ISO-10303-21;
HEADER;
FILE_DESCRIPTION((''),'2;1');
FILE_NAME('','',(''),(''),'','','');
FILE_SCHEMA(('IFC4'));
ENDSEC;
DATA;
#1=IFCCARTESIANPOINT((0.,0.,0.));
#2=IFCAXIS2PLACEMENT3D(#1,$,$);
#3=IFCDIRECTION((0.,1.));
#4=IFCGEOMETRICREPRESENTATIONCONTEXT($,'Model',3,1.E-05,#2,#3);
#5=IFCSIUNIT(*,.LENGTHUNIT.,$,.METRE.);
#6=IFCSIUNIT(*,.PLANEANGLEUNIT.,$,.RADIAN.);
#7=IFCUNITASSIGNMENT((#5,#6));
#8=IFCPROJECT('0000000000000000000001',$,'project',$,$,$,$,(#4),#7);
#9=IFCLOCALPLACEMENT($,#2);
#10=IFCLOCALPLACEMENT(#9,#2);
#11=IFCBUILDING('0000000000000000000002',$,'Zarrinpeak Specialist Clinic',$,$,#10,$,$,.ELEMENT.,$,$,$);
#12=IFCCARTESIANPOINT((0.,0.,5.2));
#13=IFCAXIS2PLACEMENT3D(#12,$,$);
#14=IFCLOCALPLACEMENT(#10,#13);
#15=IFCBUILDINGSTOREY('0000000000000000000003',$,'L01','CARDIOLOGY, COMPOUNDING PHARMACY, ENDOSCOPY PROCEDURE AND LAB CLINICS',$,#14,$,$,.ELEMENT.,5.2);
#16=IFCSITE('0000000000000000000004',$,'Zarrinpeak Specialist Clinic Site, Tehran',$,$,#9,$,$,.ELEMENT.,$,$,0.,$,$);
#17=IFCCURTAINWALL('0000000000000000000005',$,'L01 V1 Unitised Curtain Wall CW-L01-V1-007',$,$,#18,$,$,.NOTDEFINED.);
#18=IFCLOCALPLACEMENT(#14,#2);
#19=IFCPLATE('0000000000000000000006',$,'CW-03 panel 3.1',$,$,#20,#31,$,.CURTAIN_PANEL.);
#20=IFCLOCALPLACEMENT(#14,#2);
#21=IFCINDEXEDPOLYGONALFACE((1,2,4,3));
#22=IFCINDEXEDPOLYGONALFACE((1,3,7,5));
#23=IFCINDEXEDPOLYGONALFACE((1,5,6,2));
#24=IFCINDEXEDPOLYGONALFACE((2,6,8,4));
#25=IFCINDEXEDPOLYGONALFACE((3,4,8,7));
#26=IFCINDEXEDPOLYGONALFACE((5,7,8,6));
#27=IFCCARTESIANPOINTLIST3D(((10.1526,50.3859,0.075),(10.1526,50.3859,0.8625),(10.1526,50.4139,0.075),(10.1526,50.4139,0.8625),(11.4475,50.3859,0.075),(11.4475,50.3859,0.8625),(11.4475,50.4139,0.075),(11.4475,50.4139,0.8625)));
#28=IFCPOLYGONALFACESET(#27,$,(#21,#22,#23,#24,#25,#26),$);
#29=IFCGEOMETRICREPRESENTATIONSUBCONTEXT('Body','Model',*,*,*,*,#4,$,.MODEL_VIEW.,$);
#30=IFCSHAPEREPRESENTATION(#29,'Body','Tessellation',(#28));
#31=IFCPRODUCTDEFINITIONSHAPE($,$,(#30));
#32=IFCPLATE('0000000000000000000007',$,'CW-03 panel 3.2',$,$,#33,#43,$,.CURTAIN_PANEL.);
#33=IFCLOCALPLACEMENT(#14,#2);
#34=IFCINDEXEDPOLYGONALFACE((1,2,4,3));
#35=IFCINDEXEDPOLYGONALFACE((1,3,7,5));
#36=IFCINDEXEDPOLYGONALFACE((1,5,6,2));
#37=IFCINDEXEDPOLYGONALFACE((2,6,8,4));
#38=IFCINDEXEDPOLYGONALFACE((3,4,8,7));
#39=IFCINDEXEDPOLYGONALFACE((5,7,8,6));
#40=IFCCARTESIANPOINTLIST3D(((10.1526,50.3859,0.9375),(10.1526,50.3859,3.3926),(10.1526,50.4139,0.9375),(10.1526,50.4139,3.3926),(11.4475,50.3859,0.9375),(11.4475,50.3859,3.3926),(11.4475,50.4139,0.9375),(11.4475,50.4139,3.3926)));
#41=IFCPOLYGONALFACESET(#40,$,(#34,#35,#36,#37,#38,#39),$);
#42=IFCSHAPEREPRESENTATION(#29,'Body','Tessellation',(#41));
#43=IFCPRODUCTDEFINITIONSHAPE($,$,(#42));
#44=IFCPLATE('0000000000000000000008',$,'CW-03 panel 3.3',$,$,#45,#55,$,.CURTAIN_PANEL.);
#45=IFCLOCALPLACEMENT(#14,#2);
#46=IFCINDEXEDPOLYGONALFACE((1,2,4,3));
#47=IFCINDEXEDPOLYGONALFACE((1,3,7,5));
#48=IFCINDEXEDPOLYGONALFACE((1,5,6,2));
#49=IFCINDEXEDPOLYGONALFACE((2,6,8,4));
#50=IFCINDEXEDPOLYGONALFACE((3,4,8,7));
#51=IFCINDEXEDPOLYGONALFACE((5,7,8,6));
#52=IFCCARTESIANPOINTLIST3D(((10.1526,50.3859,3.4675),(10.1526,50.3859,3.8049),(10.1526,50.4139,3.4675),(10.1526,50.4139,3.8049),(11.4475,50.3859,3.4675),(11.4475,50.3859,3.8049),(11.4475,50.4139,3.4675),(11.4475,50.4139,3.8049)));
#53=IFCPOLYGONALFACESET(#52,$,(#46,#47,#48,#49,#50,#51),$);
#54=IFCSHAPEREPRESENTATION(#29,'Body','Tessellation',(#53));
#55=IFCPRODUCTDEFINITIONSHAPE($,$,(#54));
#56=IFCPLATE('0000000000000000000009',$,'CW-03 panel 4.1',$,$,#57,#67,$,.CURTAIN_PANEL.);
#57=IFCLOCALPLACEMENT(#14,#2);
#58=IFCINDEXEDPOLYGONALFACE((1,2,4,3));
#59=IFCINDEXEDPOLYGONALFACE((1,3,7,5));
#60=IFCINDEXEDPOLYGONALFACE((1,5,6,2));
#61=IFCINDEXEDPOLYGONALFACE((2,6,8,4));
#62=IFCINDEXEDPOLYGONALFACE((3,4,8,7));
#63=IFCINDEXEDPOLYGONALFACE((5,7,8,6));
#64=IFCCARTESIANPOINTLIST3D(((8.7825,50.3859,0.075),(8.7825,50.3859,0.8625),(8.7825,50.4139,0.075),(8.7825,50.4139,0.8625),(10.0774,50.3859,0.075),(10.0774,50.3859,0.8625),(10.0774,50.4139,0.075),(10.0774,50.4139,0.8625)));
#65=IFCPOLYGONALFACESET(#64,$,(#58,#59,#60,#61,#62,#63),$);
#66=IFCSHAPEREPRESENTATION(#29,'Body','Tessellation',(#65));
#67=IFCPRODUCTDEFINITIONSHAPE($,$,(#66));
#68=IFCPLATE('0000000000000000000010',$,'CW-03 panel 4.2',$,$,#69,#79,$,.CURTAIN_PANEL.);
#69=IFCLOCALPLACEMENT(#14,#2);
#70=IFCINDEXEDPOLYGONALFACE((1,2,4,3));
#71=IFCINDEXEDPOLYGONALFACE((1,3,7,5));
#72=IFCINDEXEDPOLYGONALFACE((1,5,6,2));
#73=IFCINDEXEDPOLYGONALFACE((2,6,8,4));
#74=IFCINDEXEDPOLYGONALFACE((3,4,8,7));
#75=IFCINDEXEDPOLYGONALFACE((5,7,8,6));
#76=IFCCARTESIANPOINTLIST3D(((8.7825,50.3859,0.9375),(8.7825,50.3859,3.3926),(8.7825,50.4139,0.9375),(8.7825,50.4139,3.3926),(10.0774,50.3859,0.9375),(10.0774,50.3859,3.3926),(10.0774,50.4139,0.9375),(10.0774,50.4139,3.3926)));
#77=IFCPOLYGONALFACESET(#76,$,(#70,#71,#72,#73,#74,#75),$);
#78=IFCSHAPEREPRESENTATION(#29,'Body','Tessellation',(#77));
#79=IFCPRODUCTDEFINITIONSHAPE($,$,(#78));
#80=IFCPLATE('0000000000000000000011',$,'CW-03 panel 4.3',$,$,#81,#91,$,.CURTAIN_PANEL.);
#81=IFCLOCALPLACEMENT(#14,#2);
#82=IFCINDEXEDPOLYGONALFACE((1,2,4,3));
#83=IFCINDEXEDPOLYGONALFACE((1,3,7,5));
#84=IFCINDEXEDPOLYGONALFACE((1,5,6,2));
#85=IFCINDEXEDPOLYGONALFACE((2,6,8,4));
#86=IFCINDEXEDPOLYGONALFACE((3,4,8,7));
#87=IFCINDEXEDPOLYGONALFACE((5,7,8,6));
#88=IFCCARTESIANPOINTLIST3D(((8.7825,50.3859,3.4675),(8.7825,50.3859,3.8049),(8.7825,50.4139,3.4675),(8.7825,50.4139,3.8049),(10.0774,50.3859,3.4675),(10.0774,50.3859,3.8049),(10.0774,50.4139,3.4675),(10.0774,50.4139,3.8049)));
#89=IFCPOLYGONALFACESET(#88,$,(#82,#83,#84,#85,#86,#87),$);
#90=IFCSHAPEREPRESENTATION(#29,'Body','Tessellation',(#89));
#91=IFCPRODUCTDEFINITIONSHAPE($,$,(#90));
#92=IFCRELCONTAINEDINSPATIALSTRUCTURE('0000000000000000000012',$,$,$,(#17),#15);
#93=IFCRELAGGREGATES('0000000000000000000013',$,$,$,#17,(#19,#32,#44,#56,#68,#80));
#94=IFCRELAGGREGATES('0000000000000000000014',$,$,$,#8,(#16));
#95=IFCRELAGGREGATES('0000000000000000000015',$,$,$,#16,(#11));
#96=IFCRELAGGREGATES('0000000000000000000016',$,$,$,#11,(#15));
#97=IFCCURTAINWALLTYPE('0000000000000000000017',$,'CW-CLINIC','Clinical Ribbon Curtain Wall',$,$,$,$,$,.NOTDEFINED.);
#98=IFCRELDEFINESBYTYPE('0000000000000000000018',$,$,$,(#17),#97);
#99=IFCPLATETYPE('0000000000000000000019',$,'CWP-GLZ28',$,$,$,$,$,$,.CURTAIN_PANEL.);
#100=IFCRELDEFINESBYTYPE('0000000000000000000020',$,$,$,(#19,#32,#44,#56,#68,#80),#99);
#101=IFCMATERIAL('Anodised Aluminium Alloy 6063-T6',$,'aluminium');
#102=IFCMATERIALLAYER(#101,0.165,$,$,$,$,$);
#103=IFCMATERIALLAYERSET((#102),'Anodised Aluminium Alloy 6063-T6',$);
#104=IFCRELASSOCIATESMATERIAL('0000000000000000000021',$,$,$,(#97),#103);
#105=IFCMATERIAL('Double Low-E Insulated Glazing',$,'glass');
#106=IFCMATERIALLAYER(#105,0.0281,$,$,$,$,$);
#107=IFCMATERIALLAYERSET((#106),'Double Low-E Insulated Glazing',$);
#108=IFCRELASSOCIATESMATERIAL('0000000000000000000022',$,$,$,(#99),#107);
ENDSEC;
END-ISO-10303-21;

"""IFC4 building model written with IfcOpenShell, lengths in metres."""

from ifc_helpers import new_model, si_unit, direction, frame, origin, origin_2d, place, context, subcontext, project, spatial, rectangle, extrude, material, layer, layer_set, type_object, element, aggregate, save


model = new_model("IFC4")

# Units and contexts
model_context = context("Model", 3, precision=1e-05, world=origin(), true_north=direction((0.0, 1.0)))
body_context = subcontext(model_context, "Body", "Model", "MODEL_VIEW")
ifc_project = project(units=[si_unit("LENGTHUNIT", "METRE"), si_unit("PLANEANGLEUNIT", "RADIAN")], contexts=[model_context])

# Site, building, storey
site_placement = place(None, origin())
site = spatial("IfcSite", under=ifc_project, at=site_placement, Name="Zarrinpeak Specialist Clinic Site, Tehran", CompositionType="ELEMENT", RefElevation=0.0)
building_placement = place(site_placement, origin())
building = spatial("IfcBuilding", under=site, at=building_placement, Name="Zarrinpeak Specialist Clinic", CompositionType="ELEMENT")
storey_placement = place(building_placement, frame((0.0, 0.0, 5.2)))
storey = spatial("IfcBuildingStorey", under=building, at=storey_placement, Name="L01", Description="CARDIOLOGY, COMPOUNDING PHARMACY, ENDOSCOPY PROCEDURE AND LAB CLINICS", CompositionType="ELEMENT", Elevation=5.2)

# Curtain wall, plates
ifc_material_1 = material(Name="Anodised Aluminium Alloy 6063-T6", Category="aluminium")
ifc_layer_1 = layer(ifc_material_1, 0.165)
ifc_layer_set_1 = layer_set([ifc_layer_1], Name="Anodised Aluminium Alloy 6063-T6")
curtain_wall_type = type_object("IfcCurtainWallType", Name="CW-CLINIC", Description="Clinical Ribbon Curtain Wall", PredefinedType="NOTDEFINED", material=ifc_layer_set_1)
curtain_wall_placement = place(storey_placement, origin())
curtain_wall = element("IfcCurtainWall", 1, at=curtain_wall_placement, inside=storey, type_object=curtain_wall_type, Name="L01 V1 Unitised Curtain Wall CW-L01-V1-007", PredefinedType="NOTDEFINED")
ifc_material_2 = material(Name="Double Low-E Insulated Glazing", Category="glass")
ifc_layer_2 = layer(ifc_material_2, 0.0281)
ifc_layer_set_2 = layer_set([ifc_layer_2], Name="Double Low-E Insulated Glazing")
plate_type = type_object("IfcPlateType", Name="CWP-GLZ28", PredefinedType="CURTAIN_PANEL", material=ifc_layer_set_2)
plate_1_placement = place(storey_placement, frame((10.8, 50.3999, 0.075), z_axis=(0.0, 0.0, 1.0), x_axis=(-1.0, 0.0, 0.0)))
plate_1 = element("IfcPlate", 2, at=plate_1_placement, type_object=plate_type, Name="CW-03 panel 3.1", PredefinedType="CURTAIN_PANEL", context=body_context, shape_type="SweptSolid", body=[
    extrude(rectangle(XDim=1.2949, YDim=0.0281, at=origin_2d()), origin(), (0.0, 0.0, 1.0), 0.7876),
])
plate_2_placement = place(storey_placement, frame((10.8, 50.3999, 0.9375), z_axis=(0.0, 0.0, 1.0), x_axis=(-1.0, 0.0, 0.0)))
plate_2 = element("IfcPlate", 3, at=plate_2_placement, type_object=plate_type, Name="CW-03 panel 3.2", PredefinedType="CURTAIN_PANEL", context=body_context, shape_type="SweptSolid", body=[
    extrude(rectangle(XDim=1.2949, YDim=0.0281, at=origin_2d()), origin(), (0.0, 0.0, 1.0), 2.4551),
])
plate_3_placement = place(storey_placement, frame((10.8, 50.3999, 3.4675), z_axis=(0.0, 0.0, 1.0), x_axis=(-1.0, 0.0, 0.0)))
plate_3 = element("IfcPlate", 4, at=plate_3_placement, type_object=plate_type, Name="CW-03 panel 3.3", PredefinedType="CURTAIN_PANEL", context=body_context, shape_type="SweptSolid", body=[
    extrude(rectangle(XDim=1.2949, YDim=0.0281, at=origin_2d()), origin(), (0.0, 0.0, 1.0), 0.3374),
])
plate_4_placement = place(storey_placement, frame((9.4299, 50.3999, 0.075), z_axis=(0.0, 0.0, 1.0), x_axis=(-1.0, 0.0, 0.0)))
plate_4 = element("IfcPlate", 5, at=plate_4_placement, type_object=plate_type, Name="CW-03 panel 4.1", PredefinedType="CURTAIN_PANEL", context=body_context, shape_type="SweptSolid", body=[
    extrude(rectangle(XDim=1.2949, YDim=0.0281, at=origin_2d()), origin(), (0.0, 0.0, 1.0), 0.7876),
])
plate_5_placement = place(storey_placement, frame((9.4299, 50.3999, 0.9375), z_axis=(0.0, 0.0, 1.0), x_axis=(-1.0, 0.0, 0.0)))
plate_5 = element("IfcPlate", 6, at=plate_5_placement, type_object=plate_type, Name="CW-03 panel 4.2", PredefinedType="CURTAIN_PANEL", context=body_context, shape_type="SweptSolid", body=[
    extrude(rectangle(XDim=1.2949, YDim=0.0281, at=origin_2d()), origin(), (0.0, 0.0, 1.0), 2.4551),
])
plate_6_placement = place(storey_placement, frame((9.4299, 50.3999, 3.4675), z_axis=(0.0, 0.0, 1.0), x_axis=(-1.0, 0.0, 0.0)))
plate_6 = element("IfcPlate", 7, at=plate_6_placement, type_object=plate_type, Name="CW-03 panel 4.3", PredefinedType="CURTAIN_PANEL", context=body_context, shape_type="SweptSolid", body=[
    extrude(rectangle(XDim=1.2949, YDim=0.0281, at=origin_2d()), origin(), (0.0, 0.0, 1.0), 0.3374),
])
aggregate(curtain_wall, [plate_1, plate_2, plate_3, plate_4, plate_5, plate_6])

save(model, "model.ifc")
